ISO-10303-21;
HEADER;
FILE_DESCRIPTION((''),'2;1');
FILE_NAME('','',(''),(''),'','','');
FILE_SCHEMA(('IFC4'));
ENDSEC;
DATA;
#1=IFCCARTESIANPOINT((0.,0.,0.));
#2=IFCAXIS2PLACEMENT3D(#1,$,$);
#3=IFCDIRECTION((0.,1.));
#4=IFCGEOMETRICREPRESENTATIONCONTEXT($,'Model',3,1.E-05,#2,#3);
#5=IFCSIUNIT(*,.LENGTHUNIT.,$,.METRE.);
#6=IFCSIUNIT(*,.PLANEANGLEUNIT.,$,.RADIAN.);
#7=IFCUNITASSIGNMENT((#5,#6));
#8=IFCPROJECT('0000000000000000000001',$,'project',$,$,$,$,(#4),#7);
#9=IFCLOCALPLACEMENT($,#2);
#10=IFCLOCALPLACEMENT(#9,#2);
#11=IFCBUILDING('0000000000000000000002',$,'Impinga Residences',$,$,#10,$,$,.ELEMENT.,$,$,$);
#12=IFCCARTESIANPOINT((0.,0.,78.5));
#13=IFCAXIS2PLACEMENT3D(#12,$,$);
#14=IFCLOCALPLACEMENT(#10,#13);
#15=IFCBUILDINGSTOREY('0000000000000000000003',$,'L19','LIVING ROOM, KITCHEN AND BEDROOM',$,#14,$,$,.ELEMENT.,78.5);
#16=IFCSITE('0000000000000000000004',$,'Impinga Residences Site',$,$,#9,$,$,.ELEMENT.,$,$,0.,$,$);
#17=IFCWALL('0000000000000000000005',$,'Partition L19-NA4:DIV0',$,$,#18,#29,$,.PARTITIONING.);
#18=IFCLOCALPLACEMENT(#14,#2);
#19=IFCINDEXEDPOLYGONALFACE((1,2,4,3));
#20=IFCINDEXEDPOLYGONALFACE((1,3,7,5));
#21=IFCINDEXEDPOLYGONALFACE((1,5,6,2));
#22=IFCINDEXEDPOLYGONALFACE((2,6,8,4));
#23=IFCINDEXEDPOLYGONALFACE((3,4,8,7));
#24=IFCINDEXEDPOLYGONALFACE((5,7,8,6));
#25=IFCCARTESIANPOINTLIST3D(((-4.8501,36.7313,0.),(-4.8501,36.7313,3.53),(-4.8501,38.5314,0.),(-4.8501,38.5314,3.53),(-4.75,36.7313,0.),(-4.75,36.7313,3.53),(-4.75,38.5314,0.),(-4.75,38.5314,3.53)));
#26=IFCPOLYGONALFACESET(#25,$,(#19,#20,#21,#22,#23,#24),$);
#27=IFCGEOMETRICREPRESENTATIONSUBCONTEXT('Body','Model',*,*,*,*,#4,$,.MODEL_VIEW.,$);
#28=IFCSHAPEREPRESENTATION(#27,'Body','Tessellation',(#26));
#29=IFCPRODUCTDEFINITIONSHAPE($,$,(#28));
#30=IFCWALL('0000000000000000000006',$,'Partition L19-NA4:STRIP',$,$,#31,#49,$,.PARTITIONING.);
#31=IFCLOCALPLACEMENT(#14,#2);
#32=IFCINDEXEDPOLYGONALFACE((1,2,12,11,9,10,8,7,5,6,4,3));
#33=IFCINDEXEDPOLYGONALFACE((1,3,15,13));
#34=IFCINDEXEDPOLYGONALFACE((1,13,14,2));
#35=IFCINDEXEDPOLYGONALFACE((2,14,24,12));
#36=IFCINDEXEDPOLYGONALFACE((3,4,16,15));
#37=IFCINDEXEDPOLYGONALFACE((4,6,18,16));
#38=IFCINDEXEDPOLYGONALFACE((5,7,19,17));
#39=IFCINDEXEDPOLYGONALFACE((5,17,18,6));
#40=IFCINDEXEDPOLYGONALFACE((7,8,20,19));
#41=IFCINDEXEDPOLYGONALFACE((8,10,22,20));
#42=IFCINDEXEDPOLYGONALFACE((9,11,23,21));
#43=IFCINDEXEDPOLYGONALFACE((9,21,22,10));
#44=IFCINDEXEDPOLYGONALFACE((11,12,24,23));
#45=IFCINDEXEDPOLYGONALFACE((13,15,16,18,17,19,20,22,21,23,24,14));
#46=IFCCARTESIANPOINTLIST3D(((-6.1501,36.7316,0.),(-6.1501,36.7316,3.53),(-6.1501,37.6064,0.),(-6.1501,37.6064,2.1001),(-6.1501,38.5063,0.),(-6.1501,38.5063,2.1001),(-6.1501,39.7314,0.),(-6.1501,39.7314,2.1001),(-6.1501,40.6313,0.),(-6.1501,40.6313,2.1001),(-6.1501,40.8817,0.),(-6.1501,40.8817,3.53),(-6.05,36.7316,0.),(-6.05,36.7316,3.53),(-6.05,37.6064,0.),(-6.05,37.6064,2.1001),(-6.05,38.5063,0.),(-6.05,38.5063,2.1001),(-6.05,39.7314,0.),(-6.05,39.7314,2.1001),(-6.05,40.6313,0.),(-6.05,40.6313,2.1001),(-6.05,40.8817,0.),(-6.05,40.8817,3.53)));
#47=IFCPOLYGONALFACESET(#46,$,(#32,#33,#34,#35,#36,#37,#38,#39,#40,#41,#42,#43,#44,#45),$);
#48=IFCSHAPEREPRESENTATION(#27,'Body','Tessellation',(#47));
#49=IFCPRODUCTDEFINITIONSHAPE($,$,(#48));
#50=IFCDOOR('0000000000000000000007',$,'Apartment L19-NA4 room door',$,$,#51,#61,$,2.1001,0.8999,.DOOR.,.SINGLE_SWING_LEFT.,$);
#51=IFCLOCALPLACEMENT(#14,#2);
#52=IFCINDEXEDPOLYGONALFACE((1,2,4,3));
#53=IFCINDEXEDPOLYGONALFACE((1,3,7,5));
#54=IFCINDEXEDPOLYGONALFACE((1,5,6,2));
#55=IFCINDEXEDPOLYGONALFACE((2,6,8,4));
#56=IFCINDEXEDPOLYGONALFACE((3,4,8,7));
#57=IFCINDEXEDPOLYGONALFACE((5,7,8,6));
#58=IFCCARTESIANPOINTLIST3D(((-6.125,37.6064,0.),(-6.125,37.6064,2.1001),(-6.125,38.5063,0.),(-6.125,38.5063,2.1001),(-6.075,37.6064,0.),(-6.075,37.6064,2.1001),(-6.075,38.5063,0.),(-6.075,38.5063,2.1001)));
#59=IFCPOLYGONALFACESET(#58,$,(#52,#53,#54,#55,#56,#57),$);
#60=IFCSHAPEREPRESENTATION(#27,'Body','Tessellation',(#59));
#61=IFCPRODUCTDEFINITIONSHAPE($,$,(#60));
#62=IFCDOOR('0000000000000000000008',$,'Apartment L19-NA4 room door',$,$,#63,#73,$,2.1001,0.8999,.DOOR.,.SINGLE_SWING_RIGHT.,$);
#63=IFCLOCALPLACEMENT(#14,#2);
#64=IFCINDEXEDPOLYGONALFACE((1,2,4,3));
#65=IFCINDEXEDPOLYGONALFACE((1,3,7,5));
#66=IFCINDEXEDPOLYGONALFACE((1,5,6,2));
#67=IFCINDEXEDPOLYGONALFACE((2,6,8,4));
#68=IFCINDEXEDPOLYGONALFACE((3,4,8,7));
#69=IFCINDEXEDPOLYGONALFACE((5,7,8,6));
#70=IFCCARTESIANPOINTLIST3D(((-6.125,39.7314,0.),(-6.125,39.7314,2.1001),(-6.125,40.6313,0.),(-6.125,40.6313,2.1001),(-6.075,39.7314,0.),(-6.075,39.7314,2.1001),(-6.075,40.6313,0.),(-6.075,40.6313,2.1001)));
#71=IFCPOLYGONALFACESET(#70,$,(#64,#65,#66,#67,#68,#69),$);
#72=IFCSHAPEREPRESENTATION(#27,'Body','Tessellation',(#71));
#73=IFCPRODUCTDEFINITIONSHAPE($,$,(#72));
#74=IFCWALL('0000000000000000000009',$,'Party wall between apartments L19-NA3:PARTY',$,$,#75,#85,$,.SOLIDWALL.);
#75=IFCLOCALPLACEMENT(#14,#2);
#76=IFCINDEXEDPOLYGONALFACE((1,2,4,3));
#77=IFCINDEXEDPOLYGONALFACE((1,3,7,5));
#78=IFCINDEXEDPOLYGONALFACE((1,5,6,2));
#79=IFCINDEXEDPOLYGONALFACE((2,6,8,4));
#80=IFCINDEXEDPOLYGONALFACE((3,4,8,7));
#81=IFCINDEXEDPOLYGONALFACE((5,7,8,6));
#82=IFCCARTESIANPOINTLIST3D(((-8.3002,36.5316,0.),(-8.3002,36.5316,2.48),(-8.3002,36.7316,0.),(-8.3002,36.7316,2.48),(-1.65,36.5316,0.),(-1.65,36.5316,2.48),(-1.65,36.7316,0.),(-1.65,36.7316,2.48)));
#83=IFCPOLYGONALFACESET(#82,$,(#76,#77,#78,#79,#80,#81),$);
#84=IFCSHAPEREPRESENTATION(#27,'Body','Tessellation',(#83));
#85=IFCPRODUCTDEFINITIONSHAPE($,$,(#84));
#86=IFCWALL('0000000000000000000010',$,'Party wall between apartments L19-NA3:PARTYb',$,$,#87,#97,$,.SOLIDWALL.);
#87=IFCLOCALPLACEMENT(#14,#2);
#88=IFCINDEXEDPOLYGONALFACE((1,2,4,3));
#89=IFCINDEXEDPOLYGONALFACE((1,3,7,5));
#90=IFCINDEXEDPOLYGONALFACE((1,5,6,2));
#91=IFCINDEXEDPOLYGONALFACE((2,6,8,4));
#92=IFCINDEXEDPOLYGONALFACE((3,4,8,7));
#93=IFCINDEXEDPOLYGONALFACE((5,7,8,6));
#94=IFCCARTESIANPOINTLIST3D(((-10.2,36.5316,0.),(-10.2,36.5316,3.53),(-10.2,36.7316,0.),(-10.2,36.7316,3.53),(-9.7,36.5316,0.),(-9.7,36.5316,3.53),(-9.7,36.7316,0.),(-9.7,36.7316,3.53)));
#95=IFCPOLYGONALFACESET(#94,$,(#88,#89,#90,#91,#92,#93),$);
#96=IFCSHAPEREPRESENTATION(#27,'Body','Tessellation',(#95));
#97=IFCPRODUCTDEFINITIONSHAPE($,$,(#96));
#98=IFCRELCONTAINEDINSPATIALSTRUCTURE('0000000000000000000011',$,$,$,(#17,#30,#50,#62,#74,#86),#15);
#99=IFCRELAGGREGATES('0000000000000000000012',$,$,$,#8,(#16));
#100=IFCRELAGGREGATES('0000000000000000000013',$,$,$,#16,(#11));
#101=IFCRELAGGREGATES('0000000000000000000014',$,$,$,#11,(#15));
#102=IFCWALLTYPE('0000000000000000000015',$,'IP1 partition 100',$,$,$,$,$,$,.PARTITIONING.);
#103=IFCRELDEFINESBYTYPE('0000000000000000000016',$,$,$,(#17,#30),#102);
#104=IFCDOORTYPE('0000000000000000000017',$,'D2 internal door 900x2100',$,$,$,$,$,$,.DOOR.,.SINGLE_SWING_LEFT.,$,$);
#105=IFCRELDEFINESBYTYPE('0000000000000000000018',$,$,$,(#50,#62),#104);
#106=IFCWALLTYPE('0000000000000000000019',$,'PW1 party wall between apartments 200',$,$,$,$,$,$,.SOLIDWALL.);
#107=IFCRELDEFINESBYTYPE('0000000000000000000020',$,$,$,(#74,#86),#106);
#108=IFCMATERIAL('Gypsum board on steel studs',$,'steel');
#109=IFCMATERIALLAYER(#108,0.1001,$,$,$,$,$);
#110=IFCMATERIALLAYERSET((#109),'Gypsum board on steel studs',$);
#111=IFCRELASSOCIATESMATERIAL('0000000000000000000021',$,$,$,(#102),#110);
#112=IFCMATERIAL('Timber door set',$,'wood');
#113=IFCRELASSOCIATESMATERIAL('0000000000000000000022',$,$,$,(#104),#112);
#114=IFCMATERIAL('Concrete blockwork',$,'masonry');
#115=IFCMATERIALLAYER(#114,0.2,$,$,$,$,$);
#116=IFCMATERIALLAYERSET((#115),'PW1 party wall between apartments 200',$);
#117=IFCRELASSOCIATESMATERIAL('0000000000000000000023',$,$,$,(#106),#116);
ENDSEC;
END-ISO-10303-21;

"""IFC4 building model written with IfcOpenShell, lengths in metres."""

from ifc_helpers import new_model, si_unit, direction, frame, frame_2d, origin, place, context, subcontext, project, spatial, rectangle, extrude, material, layer, layer_set, type_object, element, fill, save


model = new_model("IFC4")

# Units and contexts
model_context = context("Model", 3, precision=1e-05, world=origin(), true_north=direction((0.0, 1.0)))
body_context = subcontext(model_context, "Body", "Model", "MODEL_VIEW")
ifc_project = project(units=[si_unit("LENGTHUNIT", "METRE"), si_unit("PLANEANGLEUNIT", "RADIAN")], contexts=[model_context])

# Site, building, storey
site_placement = place(None, origin())
site = spatial("IfcSite", under=ifc_project, at=site_placement, Name="Impinga Residences Site", CompositionType="ELEMENT", RefElevation=0.0)
building_placement = place(site_placement, origin())
building = spatial("IfcBuilding", under=site, at=building_placement, Name="Impinga Residences", CompositionType="ELEMENT")
storey_placement = place(building_placement, frame((0.0, 0.0, 78.5)))
storey = spatial("IfcBuildingStorey", under=building, at=storey_placement, Name="L19", Description="LIVING ROOM, KITCHEN AND BEDROOM", CompositionType="ELEMENT", Elevation=78.5)

# Shared definitions
ifc_material_1 = material(Name="Gypsum board on steel studs", Category="steel")
ifc_layer_1 = layer(ifc_material_1, 0.1001)
ifc_layer_set_1 = layer_set([ifc_layer_1], Name="Gypsum board on steel studs")
wall_type_1 = type_object("IfcWallType", Name="IP1 partition 100", PredefinedType="PARTITIONING", material=ifc_layer_set_1)

# Shared definitions
ifc_material_2 = material(Name="Timber door set", Category="wood")
door_type = type_object("IfcDoorType", Name="D2 internal door 900x2100", OperationType="SINGLE_SWING_LEFT", PredefinedType="DOOR", material=ifc_material_2)

# Wall
wall_1_placement = place(storey_placement, frame((-4.8, 36.7314, 0.0), z_axis=(0.0, 0.0, 1.0), x_axis=(0.0, 1.0, 0.0)))
element("IfcWall", 1, at=wall_1_placement, inside=storey, type_object=wall_type_1, Name="Partition L19-NA4:DIV0", PredefinedType="PARTITIONING", context=body_context, shape_type="SweptSolid", body=[
    extrude(rectangle(XDim=1.8, YDim=0.1001, at=frame_2d((0.8999, 0.0))), origin(), (0.0, 0.0, 1.0), 3.53),
])

# Wall, openings, doors
wall_2_placement = place(storey_placement, frame((-6.1001, 36.7314, 0.0), z_axis=(0.0, 0.0, 1.0), x_axis=(0.0, 1.0, 0.0)))
wall_2 = element("IfcWall", 2, at=wall_2_placement, inside=storey, type_object=wall_type_1, Name="Partition L19-NA4:STRIP", PredefinedType="PARTITIONING", context=body_context, shape_type="SweptSolid", body=[
    extrude(rectangle(XDim=4.1501, YDim=0.1001, at=frame_2d((2.0752, 0.0))), origin(), (0.0, 0.0, 1.0), 3.53),
])
opening_1_placement = place(wall_2_placement, frame((0.875, 0.0, 0.0)))
opening_1 = element("IfcOpeningElement", 3, at=opening_1_placement, cuts=wall_2, PredefinedType="OPENING", context=body_context, shape_type="SweptSolid", body=[
    extrude(rectangle(XDim=0.8999, YDim=2.1001, at=frame_2d((0.45, 1.05))), frame((0.0, 0.0601, 0.0), z_axis=(0.0, -1.0, 0.0), x_axis=(1.0, 0.0, 0.0)), (0.0, 0.0, 1.0), 0.1201),
])
opening_2_placement = place(wall_2_placement, frame((3.0, 0.0, 0.0)))
opening_2 = element("IfcOpeningElement", 4, at=opening_2_placement, cuts=wall_2, PredefinedType="OPENING", context=body_context, shape_type="SweptSolid", body=[
    extrude(rectangle(XDim=0.8999, YDim=2.1001, at=frame_2d((0.45, 1.05))), frame((0.0, 0.0601, 0.0), z_axis=(0.0, -1.0, 0.0), x_axis=(1.0, 0.0, 0.0)), (0.0, 0.0, 1.0), 0.1201),
])
door_1_placement = place(opening_1_placement, origin())
door_1 = element("IfcDoor", 5, at=door_1_placement, inside=storey, type_object=door_type, Name="Apartment L19-NA4 room door", OperationType="SINGLE_SWING_LEFT", OverallHeight=2.1001, OverallWidth=0.8999, PredefinedType="DOOR", context=body_context, shape_type="SweptSolid", body=[
    extrude(rectangle(XDim=0.8999, YDim=2.1001, at=frame_2d((0.45, 1.05))), frame((0.0, 0.0249, 0.0), z_axis=(0.0, -1.0, 0.0), x_axis=(1.0, 0.0, 0.0)), (0.0, 0.0, 1.0), 0.05),
])
fill(opening_1, door_1)
door_2_placement = place(opening_2_placement, origin())
door_2 = element("IfcDoor", 6, at=door_2_placement, inside=storey, type_object=door_type, Name="Apartment L19-NA4 room door", OperationType="SINGLE_SWING_RIGHT", OverallHeight=2.1001, OverallWidth=0.8999, PredefinedType="DOOR", context=body_context, shape_type="SweptSolid", body=[
    extrude(rectangle(XDim=0.8999, YDim=2.1001, at=frame_2d((0.45, 1.05))), frame((0.0, 0.0249, 0.0), z_axis=(0.0, -1.0, 0.0), x_axis=(1.0, 0.0, 0.0)), (0.0, 0.0, 1.0), 0.05),
])
fill(opening_2, door_2)

# Walls
ifc_material_3 = material(Name="Concrete blockwork", Category="masonry")
ifc_layer_2 = layer(ifc_material_3, 0.2)
ifc_layer_set_2 = layer_set([ifc_layer_2], Name="PW1 party wall between apartments 200")
wall_type_2 = type_object("IfcWallType", Name="PW1 party wall between apartments 200", PredefinedType="SOLIDWALL", material=ifc_layer_set_2)
wall_3_placement = place(storey_placement, frame((-1.6499, 36.6316, 0.0), z_axis=(0.0, 0.0, 1.0), x_axis=(-1.0, 0.0, 0.0)))
element("IfcWall", 7, at=wall_3_placement, inside=storey, type_object=wall_type_2, Name="Party wall between apartments L19-NA3:PARTY", PredefinedType="SOLIDWALL", context=body_context, shape_type="SweptSolid", body=[
    extrude(rectangle(XDim=6.6501, YDim=0.2, at=frame_2d((3.3252, 0.0))), origin(), (0.0, 0.0, 1.0), 2.48),
])
wall_4_placement = place(storey_placement, frame((-9.7, 36.6316, 0.0), z_axis=(0.0, 0.0, 1.0), x_axis=(-1.0, 0.0, 0.0)))
element("IfcWall", 8, at=wall_4_placement, inside=storey, type_object=wall_type_2, Name="Party wall between apartments L19-NA3:PARTYb", PredefinedType="SOLIDWALL", context=body_context, shape_type="SweptSolid", body=[
    extrude(rectangle(XDim=0.5, YDim=0.2, at=frame_2d((0.25, 0.0))), origin(), (0.0, 0.0, 1.0), 3.53),
])

save(model, "model.ifc")
